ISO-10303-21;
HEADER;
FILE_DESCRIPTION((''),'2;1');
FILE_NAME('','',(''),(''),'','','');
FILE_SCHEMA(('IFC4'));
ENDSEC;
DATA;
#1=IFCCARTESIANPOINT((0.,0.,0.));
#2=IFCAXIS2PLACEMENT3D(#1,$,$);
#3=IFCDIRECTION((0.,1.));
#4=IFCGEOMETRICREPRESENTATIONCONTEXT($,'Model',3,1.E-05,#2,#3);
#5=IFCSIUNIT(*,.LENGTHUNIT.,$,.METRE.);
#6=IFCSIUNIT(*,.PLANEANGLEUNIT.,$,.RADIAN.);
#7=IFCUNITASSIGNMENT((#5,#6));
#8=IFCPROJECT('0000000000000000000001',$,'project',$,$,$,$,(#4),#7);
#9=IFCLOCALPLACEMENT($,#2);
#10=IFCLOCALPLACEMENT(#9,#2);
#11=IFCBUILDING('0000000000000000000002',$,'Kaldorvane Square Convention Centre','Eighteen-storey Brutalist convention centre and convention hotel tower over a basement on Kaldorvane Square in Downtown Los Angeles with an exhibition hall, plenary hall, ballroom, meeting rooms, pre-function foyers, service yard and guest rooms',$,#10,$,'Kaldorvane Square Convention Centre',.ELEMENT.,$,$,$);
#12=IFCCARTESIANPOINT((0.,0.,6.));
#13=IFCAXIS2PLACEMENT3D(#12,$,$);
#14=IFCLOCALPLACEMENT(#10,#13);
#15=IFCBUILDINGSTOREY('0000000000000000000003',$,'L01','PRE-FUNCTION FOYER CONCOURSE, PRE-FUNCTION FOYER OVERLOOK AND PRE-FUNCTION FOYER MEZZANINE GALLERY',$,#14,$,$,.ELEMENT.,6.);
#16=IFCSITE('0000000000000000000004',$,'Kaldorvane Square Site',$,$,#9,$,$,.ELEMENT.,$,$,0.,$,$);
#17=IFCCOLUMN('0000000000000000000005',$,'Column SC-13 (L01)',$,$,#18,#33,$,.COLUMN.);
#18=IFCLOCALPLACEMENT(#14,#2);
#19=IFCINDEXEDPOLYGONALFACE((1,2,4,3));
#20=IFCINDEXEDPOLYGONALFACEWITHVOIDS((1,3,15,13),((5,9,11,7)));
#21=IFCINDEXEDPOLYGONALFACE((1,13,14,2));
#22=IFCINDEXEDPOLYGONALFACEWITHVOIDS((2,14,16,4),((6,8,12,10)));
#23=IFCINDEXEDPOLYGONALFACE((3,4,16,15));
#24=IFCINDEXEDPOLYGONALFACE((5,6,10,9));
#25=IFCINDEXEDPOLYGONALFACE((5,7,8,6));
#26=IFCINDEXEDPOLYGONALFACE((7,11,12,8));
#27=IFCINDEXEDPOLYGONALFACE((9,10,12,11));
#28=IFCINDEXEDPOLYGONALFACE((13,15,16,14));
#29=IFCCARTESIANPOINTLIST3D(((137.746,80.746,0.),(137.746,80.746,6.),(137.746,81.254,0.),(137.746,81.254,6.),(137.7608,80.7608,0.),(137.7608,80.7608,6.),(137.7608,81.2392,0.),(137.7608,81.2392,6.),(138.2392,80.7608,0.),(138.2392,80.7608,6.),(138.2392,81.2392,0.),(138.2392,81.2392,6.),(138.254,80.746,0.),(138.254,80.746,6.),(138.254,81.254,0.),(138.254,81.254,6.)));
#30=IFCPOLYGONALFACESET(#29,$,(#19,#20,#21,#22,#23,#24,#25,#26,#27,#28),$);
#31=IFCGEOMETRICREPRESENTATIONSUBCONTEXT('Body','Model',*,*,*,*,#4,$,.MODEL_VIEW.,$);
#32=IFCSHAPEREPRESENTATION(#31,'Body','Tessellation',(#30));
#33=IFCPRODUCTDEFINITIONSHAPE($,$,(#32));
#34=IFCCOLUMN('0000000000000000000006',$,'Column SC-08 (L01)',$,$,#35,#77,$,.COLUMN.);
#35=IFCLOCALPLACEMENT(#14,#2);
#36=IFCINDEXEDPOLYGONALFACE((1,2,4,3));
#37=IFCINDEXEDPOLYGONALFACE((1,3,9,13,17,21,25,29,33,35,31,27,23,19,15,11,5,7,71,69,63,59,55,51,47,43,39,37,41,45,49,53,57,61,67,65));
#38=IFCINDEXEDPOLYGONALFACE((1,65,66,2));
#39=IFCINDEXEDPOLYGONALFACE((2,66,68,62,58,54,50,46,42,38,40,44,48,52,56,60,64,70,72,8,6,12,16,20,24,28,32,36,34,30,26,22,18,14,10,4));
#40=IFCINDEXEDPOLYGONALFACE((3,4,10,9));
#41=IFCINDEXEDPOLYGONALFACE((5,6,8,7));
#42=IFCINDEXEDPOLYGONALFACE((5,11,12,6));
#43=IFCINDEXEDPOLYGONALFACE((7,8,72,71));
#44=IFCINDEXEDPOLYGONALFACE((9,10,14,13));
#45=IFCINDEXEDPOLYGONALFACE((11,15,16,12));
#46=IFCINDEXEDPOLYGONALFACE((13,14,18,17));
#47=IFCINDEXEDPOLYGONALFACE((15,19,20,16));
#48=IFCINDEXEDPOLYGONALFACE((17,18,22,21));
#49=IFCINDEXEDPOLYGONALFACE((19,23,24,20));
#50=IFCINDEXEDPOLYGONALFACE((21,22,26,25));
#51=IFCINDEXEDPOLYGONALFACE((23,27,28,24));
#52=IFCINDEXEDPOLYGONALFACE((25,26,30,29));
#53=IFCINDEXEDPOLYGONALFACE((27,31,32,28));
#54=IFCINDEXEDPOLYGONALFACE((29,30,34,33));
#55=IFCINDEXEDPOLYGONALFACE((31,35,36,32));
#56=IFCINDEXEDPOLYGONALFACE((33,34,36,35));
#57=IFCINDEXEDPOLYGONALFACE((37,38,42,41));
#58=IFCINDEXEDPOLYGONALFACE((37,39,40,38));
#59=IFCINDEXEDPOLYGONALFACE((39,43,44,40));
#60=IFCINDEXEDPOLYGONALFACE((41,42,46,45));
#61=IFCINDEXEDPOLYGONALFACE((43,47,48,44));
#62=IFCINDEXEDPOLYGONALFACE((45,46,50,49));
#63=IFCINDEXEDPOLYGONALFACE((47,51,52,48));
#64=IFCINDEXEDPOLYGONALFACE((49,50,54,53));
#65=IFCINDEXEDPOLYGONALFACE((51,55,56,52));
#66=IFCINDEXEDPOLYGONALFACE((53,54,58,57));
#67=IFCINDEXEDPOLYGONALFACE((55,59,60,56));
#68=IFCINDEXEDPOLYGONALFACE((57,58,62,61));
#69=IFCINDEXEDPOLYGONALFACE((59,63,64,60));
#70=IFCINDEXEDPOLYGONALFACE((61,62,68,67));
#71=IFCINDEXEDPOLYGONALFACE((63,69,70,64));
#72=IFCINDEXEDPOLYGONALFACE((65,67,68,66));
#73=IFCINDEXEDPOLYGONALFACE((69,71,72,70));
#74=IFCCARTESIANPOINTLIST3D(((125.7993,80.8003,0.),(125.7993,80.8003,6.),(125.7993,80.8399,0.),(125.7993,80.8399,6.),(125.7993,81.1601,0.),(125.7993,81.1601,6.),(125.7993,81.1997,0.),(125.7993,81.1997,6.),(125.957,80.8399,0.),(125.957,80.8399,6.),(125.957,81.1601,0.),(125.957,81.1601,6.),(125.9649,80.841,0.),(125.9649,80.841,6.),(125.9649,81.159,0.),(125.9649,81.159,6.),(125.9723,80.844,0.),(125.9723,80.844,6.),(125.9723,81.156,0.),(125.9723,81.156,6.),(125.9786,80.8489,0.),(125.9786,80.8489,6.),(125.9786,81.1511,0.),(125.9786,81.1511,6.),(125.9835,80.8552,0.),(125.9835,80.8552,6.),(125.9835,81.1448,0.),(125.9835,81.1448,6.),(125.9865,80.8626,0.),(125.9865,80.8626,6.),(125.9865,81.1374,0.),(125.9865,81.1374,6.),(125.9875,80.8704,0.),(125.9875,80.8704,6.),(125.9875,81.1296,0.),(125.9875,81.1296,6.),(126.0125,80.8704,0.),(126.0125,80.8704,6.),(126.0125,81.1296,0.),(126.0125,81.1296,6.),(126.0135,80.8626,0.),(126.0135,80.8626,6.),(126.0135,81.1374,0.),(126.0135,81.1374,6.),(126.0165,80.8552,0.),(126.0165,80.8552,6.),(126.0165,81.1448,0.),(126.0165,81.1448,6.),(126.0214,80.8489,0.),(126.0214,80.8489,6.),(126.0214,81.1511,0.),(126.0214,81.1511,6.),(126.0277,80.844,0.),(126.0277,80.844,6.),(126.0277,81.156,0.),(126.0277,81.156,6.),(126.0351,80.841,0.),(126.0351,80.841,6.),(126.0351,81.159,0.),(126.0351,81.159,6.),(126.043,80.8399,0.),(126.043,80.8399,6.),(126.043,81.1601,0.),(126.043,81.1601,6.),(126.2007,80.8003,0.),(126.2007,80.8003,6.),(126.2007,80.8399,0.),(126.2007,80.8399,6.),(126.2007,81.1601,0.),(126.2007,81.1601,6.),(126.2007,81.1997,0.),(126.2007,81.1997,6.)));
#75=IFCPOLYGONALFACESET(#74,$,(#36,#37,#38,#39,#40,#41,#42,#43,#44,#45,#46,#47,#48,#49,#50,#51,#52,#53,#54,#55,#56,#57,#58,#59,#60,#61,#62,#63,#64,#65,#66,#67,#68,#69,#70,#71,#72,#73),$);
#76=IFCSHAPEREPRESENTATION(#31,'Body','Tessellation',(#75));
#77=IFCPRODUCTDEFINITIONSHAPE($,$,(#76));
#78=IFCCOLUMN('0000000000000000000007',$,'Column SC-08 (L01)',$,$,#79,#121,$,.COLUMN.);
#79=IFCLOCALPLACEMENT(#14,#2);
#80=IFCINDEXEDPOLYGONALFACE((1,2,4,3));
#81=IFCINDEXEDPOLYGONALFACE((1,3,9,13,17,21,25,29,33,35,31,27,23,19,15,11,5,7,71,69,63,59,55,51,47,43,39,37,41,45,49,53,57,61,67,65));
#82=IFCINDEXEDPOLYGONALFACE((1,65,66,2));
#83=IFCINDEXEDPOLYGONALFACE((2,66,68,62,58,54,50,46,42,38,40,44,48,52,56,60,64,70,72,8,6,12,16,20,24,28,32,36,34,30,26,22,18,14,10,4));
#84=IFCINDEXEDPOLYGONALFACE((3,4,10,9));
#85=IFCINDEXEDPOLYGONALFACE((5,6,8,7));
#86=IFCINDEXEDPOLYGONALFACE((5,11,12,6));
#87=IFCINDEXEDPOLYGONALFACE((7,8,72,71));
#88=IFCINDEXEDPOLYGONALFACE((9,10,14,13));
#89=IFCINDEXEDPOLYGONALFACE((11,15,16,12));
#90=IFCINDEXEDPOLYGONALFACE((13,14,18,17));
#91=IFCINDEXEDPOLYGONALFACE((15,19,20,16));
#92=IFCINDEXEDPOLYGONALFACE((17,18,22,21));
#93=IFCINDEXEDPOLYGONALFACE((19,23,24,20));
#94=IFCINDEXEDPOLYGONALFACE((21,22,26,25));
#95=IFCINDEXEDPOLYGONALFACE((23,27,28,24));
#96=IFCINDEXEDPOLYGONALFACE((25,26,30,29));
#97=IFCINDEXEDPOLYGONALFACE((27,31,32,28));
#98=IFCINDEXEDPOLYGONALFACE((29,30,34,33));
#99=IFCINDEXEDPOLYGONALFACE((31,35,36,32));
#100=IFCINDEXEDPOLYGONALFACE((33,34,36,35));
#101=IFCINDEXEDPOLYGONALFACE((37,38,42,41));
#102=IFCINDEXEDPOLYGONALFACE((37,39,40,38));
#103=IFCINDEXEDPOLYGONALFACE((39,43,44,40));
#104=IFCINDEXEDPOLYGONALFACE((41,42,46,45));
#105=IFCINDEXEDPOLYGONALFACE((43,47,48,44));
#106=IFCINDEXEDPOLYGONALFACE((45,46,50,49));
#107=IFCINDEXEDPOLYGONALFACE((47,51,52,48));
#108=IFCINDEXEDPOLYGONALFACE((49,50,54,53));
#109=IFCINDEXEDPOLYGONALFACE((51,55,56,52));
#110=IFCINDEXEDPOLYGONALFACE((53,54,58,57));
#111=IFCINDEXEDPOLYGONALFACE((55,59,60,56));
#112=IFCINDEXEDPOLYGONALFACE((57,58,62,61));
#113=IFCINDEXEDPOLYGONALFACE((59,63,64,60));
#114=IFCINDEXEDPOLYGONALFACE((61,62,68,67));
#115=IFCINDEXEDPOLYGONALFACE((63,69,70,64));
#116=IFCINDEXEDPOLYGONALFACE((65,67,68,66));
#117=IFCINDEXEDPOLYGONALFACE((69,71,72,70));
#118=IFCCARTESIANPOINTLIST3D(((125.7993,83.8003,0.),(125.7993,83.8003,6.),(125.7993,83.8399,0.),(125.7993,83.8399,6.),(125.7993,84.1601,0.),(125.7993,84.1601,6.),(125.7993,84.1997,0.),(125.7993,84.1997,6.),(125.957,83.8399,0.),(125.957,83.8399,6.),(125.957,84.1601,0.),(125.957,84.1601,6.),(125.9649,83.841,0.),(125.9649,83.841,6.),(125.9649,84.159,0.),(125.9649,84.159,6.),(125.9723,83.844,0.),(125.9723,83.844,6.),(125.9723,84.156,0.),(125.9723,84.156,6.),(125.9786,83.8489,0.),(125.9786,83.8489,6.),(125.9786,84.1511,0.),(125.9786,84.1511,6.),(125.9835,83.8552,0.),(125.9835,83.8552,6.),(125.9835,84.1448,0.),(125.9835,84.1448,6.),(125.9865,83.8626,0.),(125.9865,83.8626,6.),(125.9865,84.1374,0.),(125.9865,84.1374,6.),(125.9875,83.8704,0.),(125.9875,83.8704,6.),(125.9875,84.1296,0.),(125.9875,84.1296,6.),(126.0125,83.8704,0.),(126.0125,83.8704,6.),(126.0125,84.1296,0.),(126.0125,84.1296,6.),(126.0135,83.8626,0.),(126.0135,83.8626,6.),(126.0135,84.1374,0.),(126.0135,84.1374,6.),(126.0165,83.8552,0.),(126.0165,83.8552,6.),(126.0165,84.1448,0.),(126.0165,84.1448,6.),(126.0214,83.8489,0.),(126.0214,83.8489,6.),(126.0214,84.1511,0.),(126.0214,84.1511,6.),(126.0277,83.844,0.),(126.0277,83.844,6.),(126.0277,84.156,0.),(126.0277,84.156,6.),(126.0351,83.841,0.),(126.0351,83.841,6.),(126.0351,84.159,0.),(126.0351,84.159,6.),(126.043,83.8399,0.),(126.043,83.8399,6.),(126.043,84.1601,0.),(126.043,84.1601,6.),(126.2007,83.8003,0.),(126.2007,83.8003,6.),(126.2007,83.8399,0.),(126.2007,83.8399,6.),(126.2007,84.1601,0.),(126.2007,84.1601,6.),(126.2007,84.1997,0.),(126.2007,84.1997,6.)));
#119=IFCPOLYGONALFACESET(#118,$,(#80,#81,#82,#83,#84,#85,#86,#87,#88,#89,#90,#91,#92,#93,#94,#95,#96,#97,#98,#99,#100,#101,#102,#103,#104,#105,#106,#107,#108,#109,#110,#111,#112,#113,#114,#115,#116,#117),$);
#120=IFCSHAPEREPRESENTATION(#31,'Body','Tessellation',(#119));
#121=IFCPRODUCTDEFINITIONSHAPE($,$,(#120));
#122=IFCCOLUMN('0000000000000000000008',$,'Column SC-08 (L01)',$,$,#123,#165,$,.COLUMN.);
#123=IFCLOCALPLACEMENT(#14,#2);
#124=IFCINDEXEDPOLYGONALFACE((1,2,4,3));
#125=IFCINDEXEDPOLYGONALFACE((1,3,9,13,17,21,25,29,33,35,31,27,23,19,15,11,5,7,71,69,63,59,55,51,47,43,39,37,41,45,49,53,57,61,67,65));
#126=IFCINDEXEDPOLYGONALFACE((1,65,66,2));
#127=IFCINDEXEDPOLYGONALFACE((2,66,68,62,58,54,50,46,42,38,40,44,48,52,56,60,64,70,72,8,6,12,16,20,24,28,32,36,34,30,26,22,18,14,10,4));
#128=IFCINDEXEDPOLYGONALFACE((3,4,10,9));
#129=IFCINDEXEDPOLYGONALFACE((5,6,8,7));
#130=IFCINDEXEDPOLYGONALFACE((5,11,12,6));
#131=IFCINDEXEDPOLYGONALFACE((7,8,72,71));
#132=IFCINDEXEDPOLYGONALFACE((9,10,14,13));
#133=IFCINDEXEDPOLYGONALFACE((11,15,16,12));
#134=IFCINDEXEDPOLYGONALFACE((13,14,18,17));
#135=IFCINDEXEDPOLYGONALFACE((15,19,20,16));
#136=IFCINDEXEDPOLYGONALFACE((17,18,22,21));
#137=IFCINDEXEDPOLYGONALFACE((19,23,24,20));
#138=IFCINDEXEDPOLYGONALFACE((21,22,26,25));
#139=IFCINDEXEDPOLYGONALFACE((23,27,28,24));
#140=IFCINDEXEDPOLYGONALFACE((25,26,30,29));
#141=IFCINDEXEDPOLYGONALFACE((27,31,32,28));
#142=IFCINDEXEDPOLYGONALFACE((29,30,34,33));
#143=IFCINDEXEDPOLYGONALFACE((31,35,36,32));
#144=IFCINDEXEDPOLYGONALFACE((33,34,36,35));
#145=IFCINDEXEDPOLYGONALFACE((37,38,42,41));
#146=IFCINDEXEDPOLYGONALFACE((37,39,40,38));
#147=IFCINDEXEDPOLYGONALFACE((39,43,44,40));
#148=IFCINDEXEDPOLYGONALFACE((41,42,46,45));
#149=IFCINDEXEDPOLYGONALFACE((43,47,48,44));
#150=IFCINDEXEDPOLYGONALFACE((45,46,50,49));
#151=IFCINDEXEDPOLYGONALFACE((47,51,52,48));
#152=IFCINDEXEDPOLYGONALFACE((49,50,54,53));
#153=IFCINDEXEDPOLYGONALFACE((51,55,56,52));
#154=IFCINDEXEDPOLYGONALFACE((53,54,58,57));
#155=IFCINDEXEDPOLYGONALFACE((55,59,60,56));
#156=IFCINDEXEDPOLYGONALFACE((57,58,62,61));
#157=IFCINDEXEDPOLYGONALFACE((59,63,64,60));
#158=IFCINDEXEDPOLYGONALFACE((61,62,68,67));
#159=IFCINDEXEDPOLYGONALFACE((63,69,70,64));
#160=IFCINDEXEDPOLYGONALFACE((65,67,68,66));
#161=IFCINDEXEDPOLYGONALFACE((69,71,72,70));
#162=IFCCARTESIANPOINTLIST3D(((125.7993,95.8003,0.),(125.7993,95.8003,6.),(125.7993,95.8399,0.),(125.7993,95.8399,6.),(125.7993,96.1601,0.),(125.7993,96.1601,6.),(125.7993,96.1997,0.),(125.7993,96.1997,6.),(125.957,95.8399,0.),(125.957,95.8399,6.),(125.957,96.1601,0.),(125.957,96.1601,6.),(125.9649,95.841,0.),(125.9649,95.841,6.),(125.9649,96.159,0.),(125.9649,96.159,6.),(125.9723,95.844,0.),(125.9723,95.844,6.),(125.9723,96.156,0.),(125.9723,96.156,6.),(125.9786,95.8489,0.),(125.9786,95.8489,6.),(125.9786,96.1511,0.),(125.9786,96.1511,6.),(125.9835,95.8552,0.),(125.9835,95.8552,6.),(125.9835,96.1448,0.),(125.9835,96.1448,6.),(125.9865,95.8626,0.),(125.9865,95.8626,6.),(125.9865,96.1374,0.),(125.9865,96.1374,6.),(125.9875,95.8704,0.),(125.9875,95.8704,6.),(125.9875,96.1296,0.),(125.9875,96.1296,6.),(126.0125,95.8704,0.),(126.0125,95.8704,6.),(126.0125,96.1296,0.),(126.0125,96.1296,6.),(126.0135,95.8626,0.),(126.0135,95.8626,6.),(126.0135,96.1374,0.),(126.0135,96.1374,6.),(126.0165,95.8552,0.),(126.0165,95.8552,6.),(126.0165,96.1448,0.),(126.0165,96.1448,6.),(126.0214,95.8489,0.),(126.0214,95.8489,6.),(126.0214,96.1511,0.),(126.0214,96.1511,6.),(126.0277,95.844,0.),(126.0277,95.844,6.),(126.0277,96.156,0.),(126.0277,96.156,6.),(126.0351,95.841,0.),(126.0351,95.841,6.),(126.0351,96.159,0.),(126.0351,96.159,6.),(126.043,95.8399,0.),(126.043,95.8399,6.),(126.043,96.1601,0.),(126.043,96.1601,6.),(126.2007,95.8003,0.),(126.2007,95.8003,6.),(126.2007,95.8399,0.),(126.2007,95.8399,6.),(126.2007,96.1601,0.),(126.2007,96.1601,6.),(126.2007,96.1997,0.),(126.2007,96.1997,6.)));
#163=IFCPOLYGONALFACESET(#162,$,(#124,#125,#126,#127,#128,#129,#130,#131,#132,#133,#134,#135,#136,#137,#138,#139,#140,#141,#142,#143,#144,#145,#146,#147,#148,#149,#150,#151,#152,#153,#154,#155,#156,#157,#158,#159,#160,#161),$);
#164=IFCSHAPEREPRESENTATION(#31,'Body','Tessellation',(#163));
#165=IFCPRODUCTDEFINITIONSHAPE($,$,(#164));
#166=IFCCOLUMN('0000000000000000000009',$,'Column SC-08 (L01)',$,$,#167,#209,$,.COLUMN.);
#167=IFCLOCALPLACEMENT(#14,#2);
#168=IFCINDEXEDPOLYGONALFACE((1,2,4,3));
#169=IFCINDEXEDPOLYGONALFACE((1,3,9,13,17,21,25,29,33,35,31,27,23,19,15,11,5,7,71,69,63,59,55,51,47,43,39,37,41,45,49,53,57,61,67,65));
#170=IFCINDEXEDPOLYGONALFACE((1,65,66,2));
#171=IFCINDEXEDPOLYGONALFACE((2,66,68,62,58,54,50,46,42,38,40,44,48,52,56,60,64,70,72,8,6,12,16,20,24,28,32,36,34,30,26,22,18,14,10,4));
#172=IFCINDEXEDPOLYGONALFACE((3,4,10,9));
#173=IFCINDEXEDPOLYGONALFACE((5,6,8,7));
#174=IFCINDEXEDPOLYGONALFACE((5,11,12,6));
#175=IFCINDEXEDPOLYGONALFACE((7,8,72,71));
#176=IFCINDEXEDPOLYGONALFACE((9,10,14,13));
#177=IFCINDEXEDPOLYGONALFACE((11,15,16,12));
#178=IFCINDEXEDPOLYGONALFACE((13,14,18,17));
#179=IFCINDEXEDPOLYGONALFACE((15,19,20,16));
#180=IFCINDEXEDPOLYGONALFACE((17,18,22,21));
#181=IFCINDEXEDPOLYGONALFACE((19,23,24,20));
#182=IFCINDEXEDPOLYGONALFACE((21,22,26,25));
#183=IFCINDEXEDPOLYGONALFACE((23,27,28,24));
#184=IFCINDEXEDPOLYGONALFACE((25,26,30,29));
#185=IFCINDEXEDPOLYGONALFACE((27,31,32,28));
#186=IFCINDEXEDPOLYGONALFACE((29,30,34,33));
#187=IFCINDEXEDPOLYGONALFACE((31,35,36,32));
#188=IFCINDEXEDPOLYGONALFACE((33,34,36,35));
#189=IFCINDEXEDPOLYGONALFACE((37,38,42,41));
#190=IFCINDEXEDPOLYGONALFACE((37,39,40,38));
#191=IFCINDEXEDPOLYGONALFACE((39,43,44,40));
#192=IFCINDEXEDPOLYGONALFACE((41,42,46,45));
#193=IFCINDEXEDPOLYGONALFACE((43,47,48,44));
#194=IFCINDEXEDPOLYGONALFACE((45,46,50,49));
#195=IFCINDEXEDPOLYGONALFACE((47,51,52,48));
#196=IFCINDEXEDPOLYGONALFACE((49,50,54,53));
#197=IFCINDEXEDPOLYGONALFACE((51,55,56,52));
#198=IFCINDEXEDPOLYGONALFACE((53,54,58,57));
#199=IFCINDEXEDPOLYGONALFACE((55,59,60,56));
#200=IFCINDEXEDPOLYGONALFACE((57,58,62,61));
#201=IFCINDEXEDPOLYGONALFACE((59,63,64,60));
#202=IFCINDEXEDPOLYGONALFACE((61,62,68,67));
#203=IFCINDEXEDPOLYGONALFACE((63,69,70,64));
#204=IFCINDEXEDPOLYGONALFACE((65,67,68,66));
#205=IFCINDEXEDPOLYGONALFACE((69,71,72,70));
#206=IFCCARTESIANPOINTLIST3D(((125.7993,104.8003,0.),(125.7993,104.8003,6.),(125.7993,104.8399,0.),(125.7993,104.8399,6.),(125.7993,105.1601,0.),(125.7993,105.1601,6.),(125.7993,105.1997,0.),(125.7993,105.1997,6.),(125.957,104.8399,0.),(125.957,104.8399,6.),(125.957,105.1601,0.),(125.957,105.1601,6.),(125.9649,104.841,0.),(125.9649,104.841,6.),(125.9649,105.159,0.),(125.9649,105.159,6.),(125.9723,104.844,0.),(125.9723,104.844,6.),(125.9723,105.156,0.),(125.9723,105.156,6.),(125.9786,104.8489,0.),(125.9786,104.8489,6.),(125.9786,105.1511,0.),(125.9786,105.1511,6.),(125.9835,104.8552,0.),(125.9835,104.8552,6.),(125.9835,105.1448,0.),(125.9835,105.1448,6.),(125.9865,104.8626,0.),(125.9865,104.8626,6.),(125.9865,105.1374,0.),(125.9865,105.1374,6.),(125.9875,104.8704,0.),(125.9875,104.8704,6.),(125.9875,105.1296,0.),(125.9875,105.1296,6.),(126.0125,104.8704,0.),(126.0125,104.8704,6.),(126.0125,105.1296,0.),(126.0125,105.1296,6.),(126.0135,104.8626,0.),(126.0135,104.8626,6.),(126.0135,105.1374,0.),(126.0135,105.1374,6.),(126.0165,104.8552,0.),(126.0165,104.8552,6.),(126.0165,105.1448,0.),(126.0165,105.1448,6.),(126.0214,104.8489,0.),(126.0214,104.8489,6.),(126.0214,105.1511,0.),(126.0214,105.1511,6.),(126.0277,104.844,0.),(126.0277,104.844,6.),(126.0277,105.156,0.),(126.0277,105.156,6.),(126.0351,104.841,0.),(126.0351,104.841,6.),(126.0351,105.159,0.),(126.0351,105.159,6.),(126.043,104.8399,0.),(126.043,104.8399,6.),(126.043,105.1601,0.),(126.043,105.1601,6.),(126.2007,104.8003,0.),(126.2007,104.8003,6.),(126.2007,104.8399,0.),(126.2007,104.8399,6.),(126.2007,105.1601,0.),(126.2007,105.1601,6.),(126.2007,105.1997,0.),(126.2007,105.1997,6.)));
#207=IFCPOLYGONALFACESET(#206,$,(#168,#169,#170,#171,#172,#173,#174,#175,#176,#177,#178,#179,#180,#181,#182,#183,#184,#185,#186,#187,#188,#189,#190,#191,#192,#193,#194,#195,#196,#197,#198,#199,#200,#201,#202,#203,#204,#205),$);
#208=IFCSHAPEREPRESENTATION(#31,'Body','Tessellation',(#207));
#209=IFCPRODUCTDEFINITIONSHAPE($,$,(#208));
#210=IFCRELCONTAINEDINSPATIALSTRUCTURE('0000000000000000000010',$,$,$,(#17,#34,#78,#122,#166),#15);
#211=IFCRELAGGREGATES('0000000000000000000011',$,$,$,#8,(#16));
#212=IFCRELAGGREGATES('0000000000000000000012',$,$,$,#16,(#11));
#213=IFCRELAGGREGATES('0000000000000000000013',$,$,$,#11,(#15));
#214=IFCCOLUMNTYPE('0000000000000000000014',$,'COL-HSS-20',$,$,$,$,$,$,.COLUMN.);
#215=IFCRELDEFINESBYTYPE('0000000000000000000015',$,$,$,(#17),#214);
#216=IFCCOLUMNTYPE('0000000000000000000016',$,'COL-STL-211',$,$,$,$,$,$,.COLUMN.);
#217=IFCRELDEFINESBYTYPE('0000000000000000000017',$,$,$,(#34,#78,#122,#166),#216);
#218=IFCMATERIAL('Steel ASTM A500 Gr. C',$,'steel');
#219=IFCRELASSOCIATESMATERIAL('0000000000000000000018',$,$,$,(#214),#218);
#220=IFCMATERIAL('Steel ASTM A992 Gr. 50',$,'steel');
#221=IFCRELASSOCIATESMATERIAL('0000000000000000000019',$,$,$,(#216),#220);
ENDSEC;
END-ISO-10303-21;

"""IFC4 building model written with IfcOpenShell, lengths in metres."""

from ifc_helpers import new_model, si_unit, direction, frame, origin, origin_2d, place, context, subcontext, project, spatial, hollow_rectangle, i_section, extrude, material, material_profile, profile_set, type_object, element, save


model = new_model("IFC4")

# Units and contexts
model_context = context("Model", 3, precision=1e-05, world=origin(), true_north=direction((0.0, 1.0)))
body_context = subcontext(model_context, "Body", "Model", "MODEL_VIEW")
ifc_project = project(units=[si_unit("LENGTHUNIT", "METRE"), si_unit("PLANEANGLEUNIT", "RADIAN")], contexts=[model_context])

# Site, building, storey
site_placement = place(None, origin())
site = spatial("IfcSite", under=ifc_project, at=site_placement, Name="Kaldorvane Square Site", CompositionType="ELEMENT", RefElevation=0.0)
building_placement = place(site_placement, origin())
building = spatial("IfcBuilding", under=site, at=building_placement, Name="Kaldorvane Square Convention Centre", Description="Eighteen-storey Brutalist convention centre and convention hotel tower over a basement on Kaldorvane Square in Downtown Los Angeles with an exhibition hall, plenary hall, ballroom, meeting rooms, pre-function foyers, service yard and guest rooms", LongName="Kaldorvane Square Convention Centre", CompositionType="ELEMENT")
storey_placement = place(building_placement, frame((0.0, 0.0, 6.0)))
storey = spatial("IfcBuildingStorey", under=building, at=storey_placement, Name="L01", Description="PRE-FUNCTION FOYER CONCOURSE, PRE-FUNCTION FOYER OVERLOOK AND PRE-FUNCTION FOYER MEZZANINE GALLERY", CompositionType="ELEMENT", Elevation=6.0)

# Columns
ifc_material_1 = material(Name="Steel ASTM A500 Gr. C", Category="steel")
ifc_material_profile_1 = material_profile(ifc_material_1, hollow_rectangle(XDim=0.508, YDim=0.508, WallThickness=0.0148, at=origin_2d()), Name="HSS20X20X5/8")
ifc_profile_set_1 = profile_set([ifc_material_profile_1], Name="Steel ASTM A500 Gr. C")
column_type_1 = type_object("IfcColumnType", Name="COL-HSS-20", PredefinedType="COLUMN", material=ifc_profile_set_1)
column_placement = place(storey_placement, frame((138.0, 81.0, 0.0), z_axis=(0.0, 0.0, 1.0), x_axis=(1.0, 0.0, 0.0)))
element("IfcColumn", 1, at=column_placement, inside=storey, type_object=column_type_1, Name="Column SC-13 (L01)", PredefinedType="COLUMN", context=body_context, shape_type="SweptSolid", body=[
    extrude(hollow_rectangle(XDim=0.508, YDim=0.508, WallThickness=0.0148, at=origin_2d()), origin(), (0.0, 0.0, 1.0), 6.0),
])
ifc_material_2 = material(Name="Steel ASTM A992 Gr. 50", Category="steel")
ifc_material_profile_2 = material_profile(ifc_material_2, i_section(OverallWidth=0.4013, OverallDepth=0.3993, WebThickness=0.0249, FlangeThickness=0.0396, FilletRadius=0.0305, at=origin_2d()), Name="W14X211")
ifc_profile_set_2 = profile_set([ifc_material_profile_2], Name="Steel ASTM A992 Gr. 50")
column_type_2 = type_object("IfcColumnType", Name="COL-STL-211", PredefinedType="COLUMN", material=ifc_profile_set_2)
for number, where, z_axis, x_axis, name in (
    (2, (126.0, 81.0, 0.0), (0.0, 0.0, 1.0), (1.0, 0.0, 0.0), "Column SC-08 (L01)"),
    (3, (126.0, 84.0, 0.0), (0.0, 0.0, 1.0), (1.0, 0.0, 0.0), "Column SC-08 (L01)"),
    (4, (126.0, 96.0, 0.0), (0.0, 0.0, 1.0), (1.0, 0.0, 0.0), "Column SC-08 (L01)"),
    (5, (126.0, 105.0, 0.0), (0.0, 0.0, 1.0), (1.0, 0.0, 0.0), "Column SC-08 (L01)"),
):
    element("IfcColumn", number, at=place(storey_placement, frame(where, z_axis=z_axis, x_axis=x_axis)), inside=storey, type_object=column_type_2, Name=name, PredefinedType="COLUMN", context=body_context, shape_type="SweptSolid", body=[
        extrude(i_section(OverallWidth=0.4013, OverallDepth=0.3993, WebThickness=0.0249, FlangeThickness=0.0396, FilletRadius=0.0305, at=origin_2d()), origin(), (0.0, 0.0, 1.0), 6.0),
    ])

save(model, "model.ifc")
